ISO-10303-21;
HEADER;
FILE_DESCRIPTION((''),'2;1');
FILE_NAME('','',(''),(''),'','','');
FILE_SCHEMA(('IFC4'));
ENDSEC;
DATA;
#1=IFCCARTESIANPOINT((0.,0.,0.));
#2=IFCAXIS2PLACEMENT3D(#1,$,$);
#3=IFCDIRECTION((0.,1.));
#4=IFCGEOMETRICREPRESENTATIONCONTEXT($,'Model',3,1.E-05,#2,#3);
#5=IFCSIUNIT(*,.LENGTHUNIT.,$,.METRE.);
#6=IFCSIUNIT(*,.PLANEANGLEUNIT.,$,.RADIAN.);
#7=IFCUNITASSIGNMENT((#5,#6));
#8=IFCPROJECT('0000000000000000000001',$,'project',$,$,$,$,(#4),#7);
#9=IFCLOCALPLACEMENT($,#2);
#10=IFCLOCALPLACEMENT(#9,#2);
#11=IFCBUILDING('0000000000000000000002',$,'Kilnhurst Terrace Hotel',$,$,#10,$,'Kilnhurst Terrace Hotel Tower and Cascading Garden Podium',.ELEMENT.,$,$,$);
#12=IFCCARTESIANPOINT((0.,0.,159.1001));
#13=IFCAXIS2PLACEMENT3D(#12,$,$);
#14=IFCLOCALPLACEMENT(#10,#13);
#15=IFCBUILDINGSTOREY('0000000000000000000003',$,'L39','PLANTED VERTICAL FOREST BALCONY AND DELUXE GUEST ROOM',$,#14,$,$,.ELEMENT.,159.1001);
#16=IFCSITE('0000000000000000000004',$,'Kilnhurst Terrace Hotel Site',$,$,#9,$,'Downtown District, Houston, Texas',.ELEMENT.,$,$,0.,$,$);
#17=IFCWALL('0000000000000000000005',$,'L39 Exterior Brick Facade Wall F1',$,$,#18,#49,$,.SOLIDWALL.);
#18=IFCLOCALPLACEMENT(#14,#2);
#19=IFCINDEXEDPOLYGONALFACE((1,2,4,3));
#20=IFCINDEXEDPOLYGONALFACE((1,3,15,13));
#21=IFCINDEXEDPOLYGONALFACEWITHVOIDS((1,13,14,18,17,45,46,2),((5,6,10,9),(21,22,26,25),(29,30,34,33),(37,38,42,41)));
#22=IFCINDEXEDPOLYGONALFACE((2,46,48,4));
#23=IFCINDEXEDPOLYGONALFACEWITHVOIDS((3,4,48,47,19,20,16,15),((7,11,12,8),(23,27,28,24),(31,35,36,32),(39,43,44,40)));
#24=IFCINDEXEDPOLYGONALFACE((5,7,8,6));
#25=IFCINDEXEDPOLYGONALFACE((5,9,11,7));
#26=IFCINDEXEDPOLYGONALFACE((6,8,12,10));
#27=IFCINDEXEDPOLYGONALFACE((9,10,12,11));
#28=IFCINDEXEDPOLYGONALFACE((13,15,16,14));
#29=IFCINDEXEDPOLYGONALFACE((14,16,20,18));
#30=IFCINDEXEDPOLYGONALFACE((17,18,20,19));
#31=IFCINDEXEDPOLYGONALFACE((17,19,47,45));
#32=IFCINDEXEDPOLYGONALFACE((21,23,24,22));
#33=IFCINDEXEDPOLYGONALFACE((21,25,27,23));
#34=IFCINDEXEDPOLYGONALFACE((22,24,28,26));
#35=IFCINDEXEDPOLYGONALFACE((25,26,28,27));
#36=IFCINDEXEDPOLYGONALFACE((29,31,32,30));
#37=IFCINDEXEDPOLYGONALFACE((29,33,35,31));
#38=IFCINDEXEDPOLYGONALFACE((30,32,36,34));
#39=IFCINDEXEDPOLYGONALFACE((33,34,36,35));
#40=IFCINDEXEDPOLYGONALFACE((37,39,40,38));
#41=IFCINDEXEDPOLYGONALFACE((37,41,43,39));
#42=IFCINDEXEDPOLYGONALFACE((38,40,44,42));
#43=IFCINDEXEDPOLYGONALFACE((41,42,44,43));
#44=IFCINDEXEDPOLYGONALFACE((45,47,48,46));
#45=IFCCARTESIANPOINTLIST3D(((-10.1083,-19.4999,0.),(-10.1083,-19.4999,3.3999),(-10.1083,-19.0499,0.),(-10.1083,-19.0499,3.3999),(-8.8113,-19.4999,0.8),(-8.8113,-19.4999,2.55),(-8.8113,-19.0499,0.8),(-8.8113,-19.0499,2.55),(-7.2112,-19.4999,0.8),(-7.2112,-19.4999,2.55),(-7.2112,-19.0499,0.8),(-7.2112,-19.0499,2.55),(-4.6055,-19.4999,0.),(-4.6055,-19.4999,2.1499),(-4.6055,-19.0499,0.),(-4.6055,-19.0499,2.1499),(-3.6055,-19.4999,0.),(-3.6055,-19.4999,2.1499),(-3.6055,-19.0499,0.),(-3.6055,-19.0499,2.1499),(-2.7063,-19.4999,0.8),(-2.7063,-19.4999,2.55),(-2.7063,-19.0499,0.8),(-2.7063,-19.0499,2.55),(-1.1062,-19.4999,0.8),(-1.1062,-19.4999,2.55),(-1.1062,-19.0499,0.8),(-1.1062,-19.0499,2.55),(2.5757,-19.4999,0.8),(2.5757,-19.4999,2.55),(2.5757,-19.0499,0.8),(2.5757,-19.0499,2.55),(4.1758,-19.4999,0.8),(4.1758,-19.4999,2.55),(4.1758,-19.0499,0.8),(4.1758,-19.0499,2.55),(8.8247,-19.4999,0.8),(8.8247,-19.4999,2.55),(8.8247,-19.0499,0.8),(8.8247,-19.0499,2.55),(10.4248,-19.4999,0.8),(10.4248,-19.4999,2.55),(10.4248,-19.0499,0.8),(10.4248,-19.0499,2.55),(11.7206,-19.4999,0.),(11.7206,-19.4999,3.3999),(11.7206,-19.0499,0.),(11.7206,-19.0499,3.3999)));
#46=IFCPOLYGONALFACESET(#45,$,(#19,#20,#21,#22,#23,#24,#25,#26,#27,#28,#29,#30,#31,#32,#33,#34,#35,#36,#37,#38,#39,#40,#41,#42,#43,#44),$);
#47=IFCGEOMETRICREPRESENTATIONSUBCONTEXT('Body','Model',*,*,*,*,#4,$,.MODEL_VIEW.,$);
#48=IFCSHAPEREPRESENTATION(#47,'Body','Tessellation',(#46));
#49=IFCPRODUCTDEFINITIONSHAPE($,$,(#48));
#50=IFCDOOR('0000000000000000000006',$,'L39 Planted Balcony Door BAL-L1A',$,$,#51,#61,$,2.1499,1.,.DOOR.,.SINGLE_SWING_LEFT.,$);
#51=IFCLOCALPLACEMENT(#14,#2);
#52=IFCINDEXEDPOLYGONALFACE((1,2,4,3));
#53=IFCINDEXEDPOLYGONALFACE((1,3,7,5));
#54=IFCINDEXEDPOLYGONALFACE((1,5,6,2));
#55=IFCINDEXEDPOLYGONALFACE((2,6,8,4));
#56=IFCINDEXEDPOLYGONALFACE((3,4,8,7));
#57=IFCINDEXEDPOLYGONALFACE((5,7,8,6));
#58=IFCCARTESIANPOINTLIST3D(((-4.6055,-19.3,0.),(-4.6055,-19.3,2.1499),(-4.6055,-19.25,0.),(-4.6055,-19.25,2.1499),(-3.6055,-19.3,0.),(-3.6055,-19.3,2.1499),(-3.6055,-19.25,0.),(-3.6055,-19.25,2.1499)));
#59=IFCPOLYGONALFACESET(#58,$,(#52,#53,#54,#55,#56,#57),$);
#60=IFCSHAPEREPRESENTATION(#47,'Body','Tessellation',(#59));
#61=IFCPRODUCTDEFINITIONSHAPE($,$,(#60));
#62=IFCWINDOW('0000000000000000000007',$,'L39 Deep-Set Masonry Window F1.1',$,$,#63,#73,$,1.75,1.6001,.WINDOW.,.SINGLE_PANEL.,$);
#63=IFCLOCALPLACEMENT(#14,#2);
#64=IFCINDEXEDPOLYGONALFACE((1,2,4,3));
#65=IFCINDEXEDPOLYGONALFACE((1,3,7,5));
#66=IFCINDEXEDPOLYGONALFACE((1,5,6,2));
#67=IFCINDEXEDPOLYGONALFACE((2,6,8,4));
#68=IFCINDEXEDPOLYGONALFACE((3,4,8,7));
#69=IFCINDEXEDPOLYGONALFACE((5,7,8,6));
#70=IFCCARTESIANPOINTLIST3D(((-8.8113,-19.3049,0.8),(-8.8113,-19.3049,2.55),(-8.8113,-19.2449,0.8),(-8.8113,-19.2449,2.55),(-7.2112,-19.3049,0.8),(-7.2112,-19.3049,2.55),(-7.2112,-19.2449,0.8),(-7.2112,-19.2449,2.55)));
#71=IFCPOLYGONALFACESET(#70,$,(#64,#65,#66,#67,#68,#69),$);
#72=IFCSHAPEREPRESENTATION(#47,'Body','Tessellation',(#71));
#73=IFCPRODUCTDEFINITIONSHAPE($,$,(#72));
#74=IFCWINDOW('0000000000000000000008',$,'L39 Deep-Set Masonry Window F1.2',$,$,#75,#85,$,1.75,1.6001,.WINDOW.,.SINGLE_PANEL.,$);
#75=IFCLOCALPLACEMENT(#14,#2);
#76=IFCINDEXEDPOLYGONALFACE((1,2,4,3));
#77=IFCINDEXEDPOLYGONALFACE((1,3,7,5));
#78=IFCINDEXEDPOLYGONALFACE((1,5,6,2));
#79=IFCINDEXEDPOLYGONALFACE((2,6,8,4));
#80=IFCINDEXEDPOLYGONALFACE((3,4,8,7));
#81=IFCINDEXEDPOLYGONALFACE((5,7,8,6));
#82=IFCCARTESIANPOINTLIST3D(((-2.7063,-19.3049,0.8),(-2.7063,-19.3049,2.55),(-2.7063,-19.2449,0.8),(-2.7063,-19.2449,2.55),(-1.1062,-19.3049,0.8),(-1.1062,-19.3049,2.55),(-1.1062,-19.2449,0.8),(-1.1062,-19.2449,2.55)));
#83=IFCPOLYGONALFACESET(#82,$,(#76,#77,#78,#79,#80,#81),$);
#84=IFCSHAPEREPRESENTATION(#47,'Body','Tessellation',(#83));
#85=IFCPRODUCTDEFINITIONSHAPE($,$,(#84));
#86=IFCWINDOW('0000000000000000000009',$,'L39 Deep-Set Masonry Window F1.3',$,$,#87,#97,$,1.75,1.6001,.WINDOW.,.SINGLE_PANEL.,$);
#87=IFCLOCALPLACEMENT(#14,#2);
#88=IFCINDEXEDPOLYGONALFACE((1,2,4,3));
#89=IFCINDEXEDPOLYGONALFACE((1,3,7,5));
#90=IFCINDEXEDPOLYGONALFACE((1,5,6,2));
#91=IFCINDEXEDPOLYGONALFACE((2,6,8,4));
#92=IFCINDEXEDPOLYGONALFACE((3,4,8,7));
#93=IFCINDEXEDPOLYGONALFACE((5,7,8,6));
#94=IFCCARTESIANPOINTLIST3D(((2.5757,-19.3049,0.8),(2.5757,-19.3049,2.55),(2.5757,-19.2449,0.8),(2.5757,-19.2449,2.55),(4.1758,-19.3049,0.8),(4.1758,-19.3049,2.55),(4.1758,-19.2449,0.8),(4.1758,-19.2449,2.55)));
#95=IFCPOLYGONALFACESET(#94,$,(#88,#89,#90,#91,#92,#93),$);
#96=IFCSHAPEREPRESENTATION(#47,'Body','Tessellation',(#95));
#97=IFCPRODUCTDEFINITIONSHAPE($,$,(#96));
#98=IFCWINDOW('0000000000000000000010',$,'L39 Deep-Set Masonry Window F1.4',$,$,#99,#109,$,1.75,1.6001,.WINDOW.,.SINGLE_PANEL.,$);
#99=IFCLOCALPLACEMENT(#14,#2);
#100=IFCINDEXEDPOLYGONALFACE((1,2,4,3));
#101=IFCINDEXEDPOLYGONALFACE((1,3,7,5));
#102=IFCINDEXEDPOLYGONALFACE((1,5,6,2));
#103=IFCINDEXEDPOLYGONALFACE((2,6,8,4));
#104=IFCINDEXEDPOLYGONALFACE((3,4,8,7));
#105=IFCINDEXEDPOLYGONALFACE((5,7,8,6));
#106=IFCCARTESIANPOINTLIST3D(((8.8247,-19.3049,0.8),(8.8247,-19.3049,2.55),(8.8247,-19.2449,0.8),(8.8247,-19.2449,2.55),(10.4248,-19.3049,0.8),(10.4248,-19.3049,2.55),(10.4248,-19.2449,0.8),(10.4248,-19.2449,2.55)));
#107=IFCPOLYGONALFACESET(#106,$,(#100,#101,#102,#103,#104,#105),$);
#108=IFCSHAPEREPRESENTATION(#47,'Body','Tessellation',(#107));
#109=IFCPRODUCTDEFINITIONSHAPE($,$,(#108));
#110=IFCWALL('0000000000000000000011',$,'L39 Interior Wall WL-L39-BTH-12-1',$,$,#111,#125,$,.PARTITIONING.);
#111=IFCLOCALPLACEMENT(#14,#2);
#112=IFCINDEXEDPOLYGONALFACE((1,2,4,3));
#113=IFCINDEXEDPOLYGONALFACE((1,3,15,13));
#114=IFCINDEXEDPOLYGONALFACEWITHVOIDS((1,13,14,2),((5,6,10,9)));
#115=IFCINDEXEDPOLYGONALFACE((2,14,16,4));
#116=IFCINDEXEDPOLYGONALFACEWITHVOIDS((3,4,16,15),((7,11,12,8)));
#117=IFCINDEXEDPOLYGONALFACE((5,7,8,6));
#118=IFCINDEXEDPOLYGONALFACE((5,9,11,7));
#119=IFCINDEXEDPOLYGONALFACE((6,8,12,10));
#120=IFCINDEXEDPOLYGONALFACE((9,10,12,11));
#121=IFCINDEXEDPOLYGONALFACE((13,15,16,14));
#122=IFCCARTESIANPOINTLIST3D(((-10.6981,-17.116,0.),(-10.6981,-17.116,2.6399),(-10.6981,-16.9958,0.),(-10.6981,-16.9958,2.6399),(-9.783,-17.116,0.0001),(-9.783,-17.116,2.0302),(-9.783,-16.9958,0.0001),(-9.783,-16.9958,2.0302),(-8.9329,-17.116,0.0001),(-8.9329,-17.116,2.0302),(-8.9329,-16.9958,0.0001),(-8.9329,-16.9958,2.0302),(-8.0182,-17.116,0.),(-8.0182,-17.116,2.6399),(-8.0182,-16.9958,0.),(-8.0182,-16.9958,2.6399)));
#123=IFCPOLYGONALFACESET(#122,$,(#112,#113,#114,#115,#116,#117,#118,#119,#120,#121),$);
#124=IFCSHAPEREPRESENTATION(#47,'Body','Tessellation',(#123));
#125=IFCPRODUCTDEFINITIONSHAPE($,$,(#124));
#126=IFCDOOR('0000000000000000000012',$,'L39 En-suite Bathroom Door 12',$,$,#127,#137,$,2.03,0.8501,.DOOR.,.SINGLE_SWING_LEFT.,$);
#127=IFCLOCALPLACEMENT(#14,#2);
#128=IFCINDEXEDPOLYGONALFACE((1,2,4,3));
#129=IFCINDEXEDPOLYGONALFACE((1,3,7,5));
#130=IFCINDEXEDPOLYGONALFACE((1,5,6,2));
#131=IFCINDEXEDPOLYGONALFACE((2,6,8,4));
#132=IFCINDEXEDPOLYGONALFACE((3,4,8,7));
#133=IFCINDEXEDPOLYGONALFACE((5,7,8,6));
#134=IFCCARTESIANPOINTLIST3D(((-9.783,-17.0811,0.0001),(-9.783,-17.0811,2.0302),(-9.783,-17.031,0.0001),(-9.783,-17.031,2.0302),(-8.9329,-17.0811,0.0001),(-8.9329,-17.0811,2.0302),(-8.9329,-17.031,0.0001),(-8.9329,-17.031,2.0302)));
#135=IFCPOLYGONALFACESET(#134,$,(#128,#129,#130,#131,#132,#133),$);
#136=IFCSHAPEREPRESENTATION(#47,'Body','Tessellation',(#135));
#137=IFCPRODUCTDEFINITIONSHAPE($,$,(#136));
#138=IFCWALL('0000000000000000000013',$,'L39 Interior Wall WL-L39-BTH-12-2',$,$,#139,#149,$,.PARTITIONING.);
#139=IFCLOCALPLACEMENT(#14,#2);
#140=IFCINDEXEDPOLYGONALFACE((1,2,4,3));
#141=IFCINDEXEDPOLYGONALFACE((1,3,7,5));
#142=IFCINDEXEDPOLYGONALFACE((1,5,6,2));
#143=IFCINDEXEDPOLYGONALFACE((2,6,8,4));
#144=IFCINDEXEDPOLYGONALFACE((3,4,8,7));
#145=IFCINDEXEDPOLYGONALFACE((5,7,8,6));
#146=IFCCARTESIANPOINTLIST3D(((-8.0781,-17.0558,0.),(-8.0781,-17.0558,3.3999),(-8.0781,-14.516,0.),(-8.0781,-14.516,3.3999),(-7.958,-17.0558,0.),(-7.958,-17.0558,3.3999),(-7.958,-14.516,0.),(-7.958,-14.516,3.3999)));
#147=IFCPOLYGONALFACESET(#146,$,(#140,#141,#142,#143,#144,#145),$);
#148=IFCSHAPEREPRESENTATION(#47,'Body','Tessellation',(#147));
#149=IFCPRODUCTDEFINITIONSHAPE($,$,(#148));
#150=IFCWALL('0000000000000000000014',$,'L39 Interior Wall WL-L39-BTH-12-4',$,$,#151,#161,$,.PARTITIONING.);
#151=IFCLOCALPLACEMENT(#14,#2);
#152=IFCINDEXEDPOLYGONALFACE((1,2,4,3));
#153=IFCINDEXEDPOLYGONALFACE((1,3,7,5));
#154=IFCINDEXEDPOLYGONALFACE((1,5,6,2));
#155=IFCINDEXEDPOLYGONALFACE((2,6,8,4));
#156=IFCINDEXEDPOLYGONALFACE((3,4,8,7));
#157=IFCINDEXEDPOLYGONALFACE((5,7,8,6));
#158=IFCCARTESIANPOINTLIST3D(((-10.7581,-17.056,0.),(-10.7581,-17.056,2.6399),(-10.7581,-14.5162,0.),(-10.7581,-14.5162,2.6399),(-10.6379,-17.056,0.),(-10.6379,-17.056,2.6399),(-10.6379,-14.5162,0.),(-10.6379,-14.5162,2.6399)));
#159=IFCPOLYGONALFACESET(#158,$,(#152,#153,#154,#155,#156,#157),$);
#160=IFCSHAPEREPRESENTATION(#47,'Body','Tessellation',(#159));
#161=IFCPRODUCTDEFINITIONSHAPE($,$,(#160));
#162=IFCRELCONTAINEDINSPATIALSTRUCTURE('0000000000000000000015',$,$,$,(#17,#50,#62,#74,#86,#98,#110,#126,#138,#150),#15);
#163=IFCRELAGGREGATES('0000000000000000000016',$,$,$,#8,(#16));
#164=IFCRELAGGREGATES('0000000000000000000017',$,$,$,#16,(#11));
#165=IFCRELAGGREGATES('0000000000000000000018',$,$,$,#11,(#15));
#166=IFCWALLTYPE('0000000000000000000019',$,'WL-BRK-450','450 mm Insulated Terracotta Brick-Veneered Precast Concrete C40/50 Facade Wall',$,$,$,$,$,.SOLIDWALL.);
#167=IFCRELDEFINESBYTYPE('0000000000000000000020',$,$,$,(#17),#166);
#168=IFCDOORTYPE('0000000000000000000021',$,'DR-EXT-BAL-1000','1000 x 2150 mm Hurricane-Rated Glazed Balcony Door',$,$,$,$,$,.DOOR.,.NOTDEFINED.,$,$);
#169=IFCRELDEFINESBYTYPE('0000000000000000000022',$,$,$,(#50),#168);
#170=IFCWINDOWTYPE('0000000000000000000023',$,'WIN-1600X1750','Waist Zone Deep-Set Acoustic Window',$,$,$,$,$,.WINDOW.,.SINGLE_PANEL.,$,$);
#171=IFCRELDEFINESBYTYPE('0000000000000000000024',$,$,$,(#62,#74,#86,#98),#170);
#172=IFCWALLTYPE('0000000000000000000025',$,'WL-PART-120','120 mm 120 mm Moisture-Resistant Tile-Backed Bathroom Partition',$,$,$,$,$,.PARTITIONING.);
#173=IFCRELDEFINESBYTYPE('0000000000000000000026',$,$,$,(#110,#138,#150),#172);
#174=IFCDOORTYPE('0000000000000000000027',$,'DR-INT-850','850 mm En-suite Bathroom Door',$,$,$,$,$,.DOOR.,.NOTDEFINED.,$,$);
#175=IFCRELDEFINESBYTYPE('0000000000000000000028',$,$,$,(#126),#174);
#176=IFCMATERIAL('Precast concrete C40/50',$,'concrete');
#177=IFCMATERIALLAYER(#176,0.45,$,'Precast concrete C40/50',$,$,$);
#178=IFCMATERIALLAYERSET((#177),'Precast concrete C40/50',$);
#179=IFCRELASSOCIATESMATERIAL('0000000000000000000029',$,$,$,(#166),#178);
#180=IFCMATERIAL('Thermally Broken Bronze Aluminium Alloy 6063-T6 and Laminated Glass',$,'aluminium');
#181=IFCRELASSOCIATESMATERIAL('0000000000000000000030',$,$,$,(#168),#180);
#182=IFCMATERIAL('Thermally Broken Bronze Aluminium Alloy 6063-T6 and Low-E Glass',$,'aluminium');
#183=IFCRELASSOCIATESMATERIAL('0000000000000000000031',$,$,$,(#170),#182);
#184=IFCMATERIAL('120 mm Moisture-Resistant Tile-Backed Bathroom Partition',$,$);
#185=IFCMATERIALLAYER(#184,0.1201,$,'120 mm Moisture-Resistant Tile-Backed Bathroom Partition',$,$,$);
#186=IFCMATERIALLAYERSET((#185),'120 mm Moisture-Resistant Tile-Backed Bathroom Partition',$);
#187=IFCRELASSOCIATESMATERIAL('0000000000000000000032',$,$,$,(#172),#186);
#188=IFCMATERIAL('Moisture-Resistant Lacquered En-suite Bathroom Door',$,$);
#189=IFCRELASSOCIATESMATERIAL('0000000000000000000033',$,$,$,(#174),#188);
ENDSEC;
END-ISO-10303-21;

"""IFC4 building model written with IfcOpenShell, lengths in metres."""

from ifc_helpers import new_model, si_unit, direction, frame, frame_2d, origin, place, context, subcontext, project, spatial, rectangle, extrude, material, layer, layer_set, type_object, element, fill, save


model = new_model("IFC4")

# Units and contexts
model_context = context("Model", 3, precision=1e-05, world=origin(), true_north=direction((0.0, 1.0)))
body_context = subcontext(model_context, "Body", "Model", "MODEL_VIEW")
ifc_project = project(units=[si_unit("LENGTHUNIT", "METRE"), si_unit("PLANEANGLEUNIT", "RADIAN")], contexts=[model_context])

# Site, building, storey
site_placement = place(None, origin())
site = spatial("IfcSite", under=ifc_project, at=site_placement, Name="Kilnhurst Terrace Hotel Site", LongName="Downtown District, Houston, Texas", CompositionType="ELEMENT", RefElevation=0.0)
building_placement = place(site_placement, origin())
building = spatial("IfcBuilding", under=site, at=building_placement, Name="Kilnhurst Terrace Hotel", LongName="Kilnhurst Terrace Hotel Tower and Cascading Garden Podium", CompositionType="ELEMENT")
storey_placement = place(building_placement, frame((0.0, 0.0, 159.1001)))
storey = spatial("IfcBuildingStorey", under=building, at=storey_placement, Name="L39", Description="PLANTED VERTICAL FOREST BALCONY AND DELUXE GUEST ROOM", CompositionType="ELEMENT", Elevation=159.1001)

# Shared definitions
ifc_material_1 = material(Name="Precast concrete C40/50", Category="concrete")
ifc_layer_1 = layer(ifc_material_1, 0.45, Name="Precast concrete C40/50")
ifc_layer_set_1 = layer_set([ifc_layer_1], Name="Precast concrete C40/50")
wall_type_1 = type_object("IfcWallType", Name="WL-BRK-450", Description="450 mm Insulated Terracotta Brick-Veneered Precast Concrete C40/50 Facade Wall", PredefinedType="SOLIDWALL", material=ifc_layer_set_1)

# Wall, openings, door, windows
wall_1_placement = place(storey_placement, frame((-10.1084, -19.2749, 0.0), z_axis=(0.0, 0.0, 1.0), x_axis=(1.0, 0.0, 0.0)))
wall_1 = element("IfcWall", 1, at=wall_1_placement, inside=storey, type_object=wall_type_1, Name="L39 Exterior Brick Facade Wall F1", PredefinedType="SOLIDWALL", context=body_context, shape_type="SweptSolid", body=[
    extrude(rectangle(XDim=21.8289, YDim=0.45, at=frame_2d((10.9146, 0.0))), origin(), (0.0, 0.0, 1.0), 3.3999),
])
opening_1_placement = place(wall_1_placement, frame((5.5029, 0.0, 0.0)))
opening_1 = element("IfcOpeningElement", 2, at=opening_1_placement, cuts=wall_1, PredefinedType="OPENING", context=body_context, shape_type="SweptSolid", body=[
    extrude(rectangle(XDim=1.0, YDim=2.1499, at=frame_2d((0.5, 1.075))), frame((0.0, 0.2349, 0.0), z_axis=(0.0, -1.0, 0.0), x_axis=(1.0, 0.0, 0.0)), (0.0, 0.0, 1.0), 0.47),
])
opening_2_placement = place(wall_1_placement, frame((1.2971, 0.0, 0.8)))
opening_2 = element("IfcOpeningElement", 3, at=opening_2_placement, cuts=wall_1, PredefinedType="OPENING", context=body_context, shape_type="SweptSolid", body=[
    extrude(rectangle(XDim=1.6001, YDim=1.75, at=frame_2d((0.8, 0.875))), frame((0.0, 0.2349, 0.0), z_axis=(0.0, -1.0, 0.0), x_axis=(1.0, 0.0, 0.0)), (0.0, 0.0, 1.0), 0.47),
])
opening_3_placement = place(wall_1_placement, frame((7.4021, 0.0, 0.8)))
opening_3 = element("IfcOpeningElement", 4, at=opening_3_placement, cuts=wall_1, PredefinedType="OPENING", context=body_context, shape_type="SweptSolid", body=[
    extrude(rectangle(XDim=1.6001, YDim=1.75, at=frame_2d((0.8, 0.875))), frame((0.0, 0.2349, 0.0), z_axis=(0.0, -1.0, 0.0), x_axis=(1.0, 0.0, 0.0)), (0.0, 0.0, 1.0), 0.47),
])
opening_4_placement = place(wall_1_placement, frame((12.6841, 0.0, 0.8)))
opening_4 = element("IfcOpeningElement", 5, at=opening_4_placement, cuts=wall_1, PredefinedType="OPENING", context=body_context, shape_type="SweptSolid", body=[
    extrude(rectangle(XDim=1.6001, YDim=1.75, at=frame_2d((0.8, 0.875))), frame((0.0, 0.2349, 0.0), z_axis=(0.0, -1.0, 0.0), x_axis=(1.0, 0.0, 0.0)), (0.0, 0.0, 1.0), 0.47),
])
opening_5_placement = place(wall_1_placement, frame((18.9331, 0.0, 0.8)))
opening_5 = element("IfcOpeningElement", 6, at=opening_5_placement, cuts=wall_1, PredefinedType="OPENING", context=body_context, shape_type="SweptSolid", body=[
    extrude(rectangle(XDim=1.6001, YDim=1.75, at=frame_2d((0.8, 0.875))), frame((0.0, 0.2349, 0.0), z_axis=(0.0, -1.0, 0.0), x_axis=(1.0, 0.0, 0.0)), (0.0, 0.0, 1.0), 0.47),
])
ifc_material_2 = material(Name="Thermally Broken Bronze Aluminium Alloy 6063-T6 and Laminated Glass", Category="aluminium")
door_type_1 = type_object("IfcDoorType", Name="DR-EXT-BAL-1000", Description="1000 x 2150 mm Hurricane-Rated Glazed Balcony Door", OperationType="NOTDEFINED", PredefinedType="DOOR", material=ifc_material_2)
door_1_placement = place(opening_1_placement, origin())
door_1 = element("IfcDoor", 7, at=door_1_placement, inside=storey, type_object=door_type_1, Name="L39 Planted Balcony Door BAL-L1A", OperationType="SINGLE_SWING_LEFT", OverallHeight=2.1499, OverallWidth=1.0, PredefinedType="DOOR", context=body_context, shape_type="SweptSolid", body=[
    extrude(rectangle(XDim=1.0, YDim=2.1499, at=frame_2d((0.5, 1.075))), frame((0.0, 0.0249, 0.0), z_axis=(0.0, -1.0, 0.0), x_axis=(1.0, 0.0, 0.0)), (0.0, 0.0, 1.0), 0.05),
])
fill(opening_1, door_1)
ifc_material_3 = material(Name="Thermally Broken Bronze Aluminium Alloy 6063-T6 and Low-E Glass", Category="aluminium")
window_type = type_object("IfcWindowType", Name="WIN-1600X1750", Description="Waist Zone Deep-Set Acoustic Window", PartitioningType="SINGLE_PANEL", PredefinedType="WINDOW", material=ifc_material_3)
window_1_placement = place(opening_2_placement, origin())
window_1 = element("IfcWindow", 8, at=window_1_placement, inside=storey, type_object=window_type, Name="L39 Deep-Set Masonry Window F1.1", OverallHeight=1.75, OverallWidth=1.6001, PartitioningType="SINGLE_PANEL", PredefinedType="WINDOW", context=body_context, shape_type="SweptSolid", body=[
    extrude(rectangle(XDim=1.6001, YDim=1.75, at=frame_2d((0.8, 0.875))), frame((0.0, 0.03, 0.0), z_axis=(0.0, -1.0, 0.0), x_axis=(1.0, 0.0, 0.0)), (0.0, 0.0, 1.0), 0.0601),
])
fill(opening_2, window_1)
window_2_placement = place(opening_3_placement, origin())
window_2 = element("IfcWindow", 9, at=window_2_placement, inside=storey, type_object=window_type, Name="L39 Deep-Set Masonry Window F1.2", OverallHeight=1.75, OverallWidth=1.6001, PartitioningType="SINGLE_PANEL", PredefinedType="WINDOW", context=body_context, shape_type="SweptSolid", body=[
    extrude(rectangle(XDim=1.6001, YDim=1.75, at=frame_2d((0.8, 0.875))), frame((0.0, 0.03, 0.0), z_axis=(0.0, -1.0, 0.0), x_axis=(1.0, 0.0, 0.0)), (0.0, 0.0, 1.0), 0.0601),
])
fill(opening_3, window_2)
window_3_placement = place(opening_4_placement, origin())
window_3 = element("IfcWindow", 10, at=window_3_placement, inside=storey, type_object=window_type, Name="L39 Deep-Set Masonry Window F1.3", OverallHeight=1.75, OverallWidth=1.6001, PartitioningType="SINGLE_PANEL", PredefinedType="WINDOW", context=body_context, shape_type="SweptSolid", body=[
    extrude(rectangle(XDim=1.6001, YDim=1.75, at=frame_2d((0.8, 0.875))), frame((0.0, 0.03, 0.0), z_axis=(0.0, -1.0, 0.0), x_axis=(1.0, 0.0, 0.0)), (0.0, 0.0, 1.0), 0.0601),
])
fill(opening_4, window_3)
window_4_placement = place(opening_5_placement, origin())
window_4 = element("IfcWindow", 11, at=window_4_placement, inside=storey, type_object=window_type, Name="L39 Deep-Set Masonry Window F1.4", OverallHeight=1.75, OverallWidth=1.6001, PartitioningType="SINGLE_PANEL", PredefinedType="WINDOW", context=body_context, shape_type="SweptSolid", body=[
    extrude(rectangle(XDim=1.6001, YDim=1.75, at=frame_2d((0.8, 0.875))), frame((0.0, 0.03, 0.0), z_axis=(0.0, -1.0, 0.0), x_axis=(1.0, 0.0, 0.0)), (0.0, 0.0, 1.0), 0.0601),
])
fill(opening_5, window_4)

# Wall, opening, door
ifc_material_4 = material(Name="120 mm Moisture-Resistant Tile-Backed Bathroom Partition")
ifc_layer_2 = layer(ifc_material_4, 0.1201, Name="120 mm Moisture-Resistant Tile-Backed Bathroom Partition")
ifc_layer_set_2 = layer_set([ifc_layer_2], Name="120 mm Moisture-Resistant Tile-Backed Bathroom Partition")
wall_type_2 = type_object("IfcWallType", Name="WL-PART-120", Description="120 mm 120 mm Moisture-Resistant Tile-Backed Bathroom Partition", PredefinedType="PARTITIONING", material=ifc_layer_set_2)
wall_2_placement = place(storey_placement, frame((-10.698, -17.0559, 0.0), z_axis=(0.0, 0.0, 1.0), x_axis=(1.0, 0.0, 0.0)))
wall_2 = element("IfcWall", 12, at=wall_2_placement, inside=storey, type_object=wall_type_2, Name="L39 Interior Wall WL-L39-BTH-12-1", PredefinedType="PARTITIONING", context=body_context, shape_type="SweptSolid", body=[
    extrude(rectangle(XDim=2.6799, YDim=0.1201, at=frame_2d((1.3398, 0.0))), origin(), (0.0, 0.0, 1.0), 2.6399),
])
opening_6_placement = place(wall_2_placement, frame((0.915, 0.0, 0.0)))
opening_6 = element("IfcOpeningElement", 13, at=opening_6_placement, cuts=wall_2, PredefinedType="OPENING", context=body_context, shape_type="SweptSolid", body=[
    extrude(rectangle(XDim=0.8501, YDim=2.03, at=frame_2d((0.425, 1.0151))), frame((0.0, 0.0701, 0.0), z_axis=(0.0, -1.0, 0.0), x_axis=(1.0, 0.0, 0.0)), (0.0, 0.0, 1.0), 0.1401),
])
ifc_material_5 = material(Name="Moisture-Resistant Lacquered En-suite Bathroom Door")
door_type_2 = type_object("IfcDoorType", Name="DR-INT-850", Description="850 mm En-suite Bathroom Door", OperationType="NOTDEFINED", PredefinedType="DOOR", material=ifc_material_5)
door_2_placement = place(opening_6_placement, origin())
door_2 = element("IfcDoor", 14, at=door_2_placement, inside=storey, type_object=door_type_2, Name="L39 En-suite Bathroom Door 12", OperationType="SINGLE_SWING_LEFT", OverallHeight=2.03, OverallWidth=0.8501, PredefinedType="DOOR", context=body_context, shape_type="SweptSolid", body=[
    extrude(rectangle(XDim=0.8501, YDim=2.03, at=frame_2d((0.425, 1.0151))), frame((0.0, 0.0249, 0.0), z_axis=(0.0, -1.0, 0.0), x_axis=(1.0, 0.0, 0.0)), (0.0, 0.0, 1.0), 0.05),
])
fill(opening_6, door_2)

# Walls
wall_3_placement = place(storey_placement, frame((-8.0181, -17.0559, 0.0), z_axis=(0.0, 0.0, 1.0), x_axis=(0.0, 1.0, 0.0)))
element("IfcWall", 15, at=wall_3_placement, inside=storey, type_object=wall_type_2, Name="L39 Interior Wall WL-L39-BTH-12-2", PredefinedType="PARTITIONING", context=body_context, shape_type="SweptSolid", body=[
    extrude(rectangle(XDim=2.5398, YDim=0.1201, at=frame_2d((1.27, 0.0))), origin(), (0.0, 0.0, 1.0), 3.3999),
])
wall_4_placement = place(storey_placement, frame((-10.698, -14.5161, 0.0), z_axis=(0.0, 0.0, 1.0), x_axis=(0.0, -1.0, 0.0)))
element("IfcWall", 16, at=wall_4_placement, inside=storey, type_object=wall_type_2, Name="L39 Interior Wall WL-L39-BTH-12-4", PredefinedType="PARTITIONING", context=body_context, shape_type="SweptSolid", body=[
    extrude(rectangle(XDim=2.5398, YDim=0.1201, at=frame_2d((1.27, 0.0))), origin(), (0.0, 0.0, 1.0), 2.6399),
])

save(model, "model.ifc")
